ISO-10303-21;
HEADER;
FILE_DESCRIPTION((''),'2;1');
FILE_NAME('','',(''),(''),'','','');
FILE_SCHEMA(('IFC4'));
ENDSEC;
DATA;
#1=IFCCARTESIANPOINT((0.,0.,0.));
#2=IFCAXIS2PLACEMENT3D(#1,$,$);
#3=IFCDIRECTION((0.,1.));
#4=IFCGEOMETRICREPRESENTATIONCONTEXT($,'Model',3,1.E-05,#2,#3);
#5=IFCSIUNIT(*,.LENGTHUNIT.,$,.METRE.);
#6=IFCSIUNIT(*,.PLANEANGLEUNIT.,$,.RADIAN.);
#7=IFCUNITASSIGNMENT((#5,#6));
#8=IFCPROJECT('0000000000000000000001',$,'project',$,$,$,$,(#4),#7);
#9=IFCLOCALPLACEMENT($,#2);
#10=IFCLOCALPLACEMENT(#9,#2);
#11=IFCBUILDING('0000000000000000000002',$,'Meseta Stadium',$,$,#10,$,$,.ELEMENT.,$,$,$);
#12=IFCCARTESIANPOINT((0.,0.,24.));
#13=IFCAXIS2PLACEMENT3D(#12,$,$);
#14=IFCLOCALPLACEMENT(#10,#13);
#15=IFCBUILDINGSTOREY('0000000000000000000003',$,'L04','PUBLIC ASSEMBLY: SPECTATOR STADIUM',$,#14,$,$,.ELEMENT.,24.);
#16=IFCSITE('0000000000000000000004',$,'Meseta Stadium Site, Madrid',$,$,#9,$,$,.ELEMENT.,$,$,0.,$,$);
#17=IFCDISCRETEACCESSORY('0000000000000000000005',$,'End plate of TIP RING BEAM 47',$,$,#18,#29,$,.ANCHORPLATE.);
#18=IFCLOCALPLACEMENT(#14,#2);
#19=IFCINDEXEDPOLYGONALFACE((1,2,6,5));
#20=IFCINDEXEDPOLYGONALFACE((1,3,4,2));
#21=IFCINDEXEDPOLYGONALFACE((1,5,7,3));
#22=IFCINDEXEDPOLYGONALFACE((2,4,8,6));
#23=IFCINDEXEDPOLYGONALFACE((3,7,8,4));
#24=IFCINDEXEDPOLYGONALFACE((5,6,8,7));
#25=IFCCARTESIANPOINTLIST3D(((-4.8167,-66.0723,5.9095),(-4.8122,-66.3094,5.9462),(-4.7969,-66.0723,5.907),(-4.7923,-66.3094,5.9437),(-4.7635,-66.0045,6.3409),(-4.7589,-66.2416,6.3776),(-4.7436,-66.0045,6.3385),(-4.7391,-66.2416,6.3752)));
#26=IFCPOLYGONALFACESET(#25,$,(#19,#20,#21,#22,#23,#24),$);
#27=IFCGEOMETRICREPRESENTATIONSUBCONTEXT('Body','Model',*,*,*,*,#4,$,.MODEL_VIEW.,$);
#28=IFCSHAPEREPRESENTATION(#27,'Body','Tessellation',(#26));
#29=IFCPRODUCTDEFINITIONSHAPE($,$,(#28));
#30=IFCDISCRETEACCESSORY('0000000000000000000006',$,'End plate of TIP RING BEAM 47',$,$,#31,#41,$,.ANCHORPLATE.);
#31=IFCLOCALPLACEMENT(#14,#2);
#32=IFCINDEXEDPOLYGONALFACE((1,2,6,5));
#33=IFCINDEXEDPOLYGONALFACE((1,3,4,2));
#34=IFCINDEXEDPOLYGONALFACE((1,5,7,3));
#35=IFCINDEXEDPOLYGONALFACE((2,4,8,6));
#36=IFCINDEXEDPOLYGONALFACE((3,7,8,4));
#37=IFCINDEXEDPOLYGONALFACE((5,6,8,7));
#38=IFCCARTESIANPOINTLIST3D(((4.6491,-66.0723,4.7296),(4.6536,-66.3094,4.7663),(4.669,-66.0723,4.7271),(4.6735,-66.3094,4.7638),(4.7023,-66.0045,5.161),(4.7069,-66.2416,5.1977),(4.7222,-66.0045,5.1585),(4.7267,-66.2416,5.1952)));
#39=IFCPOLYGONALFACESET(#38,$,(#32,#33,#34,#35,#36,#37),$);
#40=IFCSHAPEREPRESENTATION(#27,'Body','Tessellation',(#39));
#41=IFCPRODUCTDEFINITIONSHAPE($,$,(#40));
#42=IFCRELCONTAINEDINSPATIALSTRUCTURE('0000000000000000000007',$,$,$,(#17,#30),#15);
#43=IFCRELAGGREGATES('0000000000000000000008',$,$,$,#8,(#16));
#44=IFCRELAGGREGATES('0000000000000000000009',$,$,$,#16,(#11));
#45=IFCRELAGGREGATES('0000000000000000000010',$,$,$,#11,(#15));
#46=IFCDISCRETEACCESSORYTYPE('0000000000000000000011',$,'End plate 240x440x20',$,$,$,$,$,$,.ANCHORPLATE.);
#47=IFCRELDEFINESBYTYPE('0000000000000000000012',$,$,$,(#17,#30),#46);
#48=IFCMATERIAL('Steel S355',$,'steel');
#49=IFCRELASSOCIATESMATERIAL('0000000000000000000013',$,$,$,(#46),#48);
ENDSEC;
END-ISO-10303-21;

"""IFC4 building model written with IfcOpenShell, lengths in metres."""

from ifc_helpers import new_model, si_unit, direction, frame, origin, origin_2d, place, context, subcontext, project, spatial, rectangle, extrude, material, material_profile, profile_set, type_object, element, save


model = new_model("IFC4")

# Units and contexts
model_context = context("Model", 3, precision=1e-05, world=origin(), true_north=direction((0.0, 1.0)))
body_context = subcontext(model_context, "Body", "Model", "MODEL_VIEW")
ifc_project = project(units=[si_unit("LENGTHUNIT", "METRE"), si_unit("PLANEANGLEUNIT", "RADIAN")], contexts=[model_context])

# Site, building, storey
site_placement = place(None, origin())
site = spatial("IfcSite", under=ifc_project, at=site_placement, Name="Meseta Stadium Site, Madrid", CompositionType="ELEMENT", RefElevation=0.0)
building_placement = place(site_placement, origin())
building = spatial("IfcBuilding", under=site, at=building_placement, Name="Meseta Stadium", CompositionType="ELEMENT")
storey_placement = place(building_placement, frame((0.0, 0.0, 24.0)))
storey = spatial("IfcBuildingStorey", under=building, at=storey_placement, Name="L04", Description="PUBLIC ASSEMBLY: SPECTATOR STADIUM", CompositionType="ELEMENT", Elevation=24.0)

# Discrete accessories
ifc_material_1 = material(Name="Steel S355", Category="steel")
ifc_material_profile_1 = material_profile(ifc_material_1, rectangle(XDim=0.24, YDim=0.4399, at=origin_2d()), Name="PL 240x440")
ifc_profile_set_1 = profile_set([ifc_material_profile_1], Name="Steel S355")
discrete_accessory_type_1 = type_object("IfcDiscreteAccessoryType", Name="End plate 240x440x20", PredefinedType="ANCHORPLATE", material=ifc_profile_set_1)
for number, where, z_axis, x_axis, name in (
    (1, (-4.7878, -66.157, 6.1436), (0.992465, 0.0, -0.122527), (-0.018881, 0.988055, -0.152939), "End plate of TIP RING BEAM 47"),
    (2, (4.678, -66.157, 4.9636), (0.992465, 0.0, -0.122527), (-0.018881, 0.988055, -0.152939), "End plate of TIP RING BEAM 47"),
):
    element("IfcDiscreteAccessory", number, at=place(storey_placement, frame(where, z_axis=z_axis, x_axis=x_axis)), inside=storey, type_object=discrete_accessory_type_1, Name=name, PredefinedType="ANCHORPLATE", context=body_context, shape_type="SweptSolid", body=[
        extrude(rectangle(XDim=0.24, YDim=0.4399, at=origin_2d()), origin(), (0.0, 0.0, 1.0), 0.02),
    ])

save(model, "model.ifc")
